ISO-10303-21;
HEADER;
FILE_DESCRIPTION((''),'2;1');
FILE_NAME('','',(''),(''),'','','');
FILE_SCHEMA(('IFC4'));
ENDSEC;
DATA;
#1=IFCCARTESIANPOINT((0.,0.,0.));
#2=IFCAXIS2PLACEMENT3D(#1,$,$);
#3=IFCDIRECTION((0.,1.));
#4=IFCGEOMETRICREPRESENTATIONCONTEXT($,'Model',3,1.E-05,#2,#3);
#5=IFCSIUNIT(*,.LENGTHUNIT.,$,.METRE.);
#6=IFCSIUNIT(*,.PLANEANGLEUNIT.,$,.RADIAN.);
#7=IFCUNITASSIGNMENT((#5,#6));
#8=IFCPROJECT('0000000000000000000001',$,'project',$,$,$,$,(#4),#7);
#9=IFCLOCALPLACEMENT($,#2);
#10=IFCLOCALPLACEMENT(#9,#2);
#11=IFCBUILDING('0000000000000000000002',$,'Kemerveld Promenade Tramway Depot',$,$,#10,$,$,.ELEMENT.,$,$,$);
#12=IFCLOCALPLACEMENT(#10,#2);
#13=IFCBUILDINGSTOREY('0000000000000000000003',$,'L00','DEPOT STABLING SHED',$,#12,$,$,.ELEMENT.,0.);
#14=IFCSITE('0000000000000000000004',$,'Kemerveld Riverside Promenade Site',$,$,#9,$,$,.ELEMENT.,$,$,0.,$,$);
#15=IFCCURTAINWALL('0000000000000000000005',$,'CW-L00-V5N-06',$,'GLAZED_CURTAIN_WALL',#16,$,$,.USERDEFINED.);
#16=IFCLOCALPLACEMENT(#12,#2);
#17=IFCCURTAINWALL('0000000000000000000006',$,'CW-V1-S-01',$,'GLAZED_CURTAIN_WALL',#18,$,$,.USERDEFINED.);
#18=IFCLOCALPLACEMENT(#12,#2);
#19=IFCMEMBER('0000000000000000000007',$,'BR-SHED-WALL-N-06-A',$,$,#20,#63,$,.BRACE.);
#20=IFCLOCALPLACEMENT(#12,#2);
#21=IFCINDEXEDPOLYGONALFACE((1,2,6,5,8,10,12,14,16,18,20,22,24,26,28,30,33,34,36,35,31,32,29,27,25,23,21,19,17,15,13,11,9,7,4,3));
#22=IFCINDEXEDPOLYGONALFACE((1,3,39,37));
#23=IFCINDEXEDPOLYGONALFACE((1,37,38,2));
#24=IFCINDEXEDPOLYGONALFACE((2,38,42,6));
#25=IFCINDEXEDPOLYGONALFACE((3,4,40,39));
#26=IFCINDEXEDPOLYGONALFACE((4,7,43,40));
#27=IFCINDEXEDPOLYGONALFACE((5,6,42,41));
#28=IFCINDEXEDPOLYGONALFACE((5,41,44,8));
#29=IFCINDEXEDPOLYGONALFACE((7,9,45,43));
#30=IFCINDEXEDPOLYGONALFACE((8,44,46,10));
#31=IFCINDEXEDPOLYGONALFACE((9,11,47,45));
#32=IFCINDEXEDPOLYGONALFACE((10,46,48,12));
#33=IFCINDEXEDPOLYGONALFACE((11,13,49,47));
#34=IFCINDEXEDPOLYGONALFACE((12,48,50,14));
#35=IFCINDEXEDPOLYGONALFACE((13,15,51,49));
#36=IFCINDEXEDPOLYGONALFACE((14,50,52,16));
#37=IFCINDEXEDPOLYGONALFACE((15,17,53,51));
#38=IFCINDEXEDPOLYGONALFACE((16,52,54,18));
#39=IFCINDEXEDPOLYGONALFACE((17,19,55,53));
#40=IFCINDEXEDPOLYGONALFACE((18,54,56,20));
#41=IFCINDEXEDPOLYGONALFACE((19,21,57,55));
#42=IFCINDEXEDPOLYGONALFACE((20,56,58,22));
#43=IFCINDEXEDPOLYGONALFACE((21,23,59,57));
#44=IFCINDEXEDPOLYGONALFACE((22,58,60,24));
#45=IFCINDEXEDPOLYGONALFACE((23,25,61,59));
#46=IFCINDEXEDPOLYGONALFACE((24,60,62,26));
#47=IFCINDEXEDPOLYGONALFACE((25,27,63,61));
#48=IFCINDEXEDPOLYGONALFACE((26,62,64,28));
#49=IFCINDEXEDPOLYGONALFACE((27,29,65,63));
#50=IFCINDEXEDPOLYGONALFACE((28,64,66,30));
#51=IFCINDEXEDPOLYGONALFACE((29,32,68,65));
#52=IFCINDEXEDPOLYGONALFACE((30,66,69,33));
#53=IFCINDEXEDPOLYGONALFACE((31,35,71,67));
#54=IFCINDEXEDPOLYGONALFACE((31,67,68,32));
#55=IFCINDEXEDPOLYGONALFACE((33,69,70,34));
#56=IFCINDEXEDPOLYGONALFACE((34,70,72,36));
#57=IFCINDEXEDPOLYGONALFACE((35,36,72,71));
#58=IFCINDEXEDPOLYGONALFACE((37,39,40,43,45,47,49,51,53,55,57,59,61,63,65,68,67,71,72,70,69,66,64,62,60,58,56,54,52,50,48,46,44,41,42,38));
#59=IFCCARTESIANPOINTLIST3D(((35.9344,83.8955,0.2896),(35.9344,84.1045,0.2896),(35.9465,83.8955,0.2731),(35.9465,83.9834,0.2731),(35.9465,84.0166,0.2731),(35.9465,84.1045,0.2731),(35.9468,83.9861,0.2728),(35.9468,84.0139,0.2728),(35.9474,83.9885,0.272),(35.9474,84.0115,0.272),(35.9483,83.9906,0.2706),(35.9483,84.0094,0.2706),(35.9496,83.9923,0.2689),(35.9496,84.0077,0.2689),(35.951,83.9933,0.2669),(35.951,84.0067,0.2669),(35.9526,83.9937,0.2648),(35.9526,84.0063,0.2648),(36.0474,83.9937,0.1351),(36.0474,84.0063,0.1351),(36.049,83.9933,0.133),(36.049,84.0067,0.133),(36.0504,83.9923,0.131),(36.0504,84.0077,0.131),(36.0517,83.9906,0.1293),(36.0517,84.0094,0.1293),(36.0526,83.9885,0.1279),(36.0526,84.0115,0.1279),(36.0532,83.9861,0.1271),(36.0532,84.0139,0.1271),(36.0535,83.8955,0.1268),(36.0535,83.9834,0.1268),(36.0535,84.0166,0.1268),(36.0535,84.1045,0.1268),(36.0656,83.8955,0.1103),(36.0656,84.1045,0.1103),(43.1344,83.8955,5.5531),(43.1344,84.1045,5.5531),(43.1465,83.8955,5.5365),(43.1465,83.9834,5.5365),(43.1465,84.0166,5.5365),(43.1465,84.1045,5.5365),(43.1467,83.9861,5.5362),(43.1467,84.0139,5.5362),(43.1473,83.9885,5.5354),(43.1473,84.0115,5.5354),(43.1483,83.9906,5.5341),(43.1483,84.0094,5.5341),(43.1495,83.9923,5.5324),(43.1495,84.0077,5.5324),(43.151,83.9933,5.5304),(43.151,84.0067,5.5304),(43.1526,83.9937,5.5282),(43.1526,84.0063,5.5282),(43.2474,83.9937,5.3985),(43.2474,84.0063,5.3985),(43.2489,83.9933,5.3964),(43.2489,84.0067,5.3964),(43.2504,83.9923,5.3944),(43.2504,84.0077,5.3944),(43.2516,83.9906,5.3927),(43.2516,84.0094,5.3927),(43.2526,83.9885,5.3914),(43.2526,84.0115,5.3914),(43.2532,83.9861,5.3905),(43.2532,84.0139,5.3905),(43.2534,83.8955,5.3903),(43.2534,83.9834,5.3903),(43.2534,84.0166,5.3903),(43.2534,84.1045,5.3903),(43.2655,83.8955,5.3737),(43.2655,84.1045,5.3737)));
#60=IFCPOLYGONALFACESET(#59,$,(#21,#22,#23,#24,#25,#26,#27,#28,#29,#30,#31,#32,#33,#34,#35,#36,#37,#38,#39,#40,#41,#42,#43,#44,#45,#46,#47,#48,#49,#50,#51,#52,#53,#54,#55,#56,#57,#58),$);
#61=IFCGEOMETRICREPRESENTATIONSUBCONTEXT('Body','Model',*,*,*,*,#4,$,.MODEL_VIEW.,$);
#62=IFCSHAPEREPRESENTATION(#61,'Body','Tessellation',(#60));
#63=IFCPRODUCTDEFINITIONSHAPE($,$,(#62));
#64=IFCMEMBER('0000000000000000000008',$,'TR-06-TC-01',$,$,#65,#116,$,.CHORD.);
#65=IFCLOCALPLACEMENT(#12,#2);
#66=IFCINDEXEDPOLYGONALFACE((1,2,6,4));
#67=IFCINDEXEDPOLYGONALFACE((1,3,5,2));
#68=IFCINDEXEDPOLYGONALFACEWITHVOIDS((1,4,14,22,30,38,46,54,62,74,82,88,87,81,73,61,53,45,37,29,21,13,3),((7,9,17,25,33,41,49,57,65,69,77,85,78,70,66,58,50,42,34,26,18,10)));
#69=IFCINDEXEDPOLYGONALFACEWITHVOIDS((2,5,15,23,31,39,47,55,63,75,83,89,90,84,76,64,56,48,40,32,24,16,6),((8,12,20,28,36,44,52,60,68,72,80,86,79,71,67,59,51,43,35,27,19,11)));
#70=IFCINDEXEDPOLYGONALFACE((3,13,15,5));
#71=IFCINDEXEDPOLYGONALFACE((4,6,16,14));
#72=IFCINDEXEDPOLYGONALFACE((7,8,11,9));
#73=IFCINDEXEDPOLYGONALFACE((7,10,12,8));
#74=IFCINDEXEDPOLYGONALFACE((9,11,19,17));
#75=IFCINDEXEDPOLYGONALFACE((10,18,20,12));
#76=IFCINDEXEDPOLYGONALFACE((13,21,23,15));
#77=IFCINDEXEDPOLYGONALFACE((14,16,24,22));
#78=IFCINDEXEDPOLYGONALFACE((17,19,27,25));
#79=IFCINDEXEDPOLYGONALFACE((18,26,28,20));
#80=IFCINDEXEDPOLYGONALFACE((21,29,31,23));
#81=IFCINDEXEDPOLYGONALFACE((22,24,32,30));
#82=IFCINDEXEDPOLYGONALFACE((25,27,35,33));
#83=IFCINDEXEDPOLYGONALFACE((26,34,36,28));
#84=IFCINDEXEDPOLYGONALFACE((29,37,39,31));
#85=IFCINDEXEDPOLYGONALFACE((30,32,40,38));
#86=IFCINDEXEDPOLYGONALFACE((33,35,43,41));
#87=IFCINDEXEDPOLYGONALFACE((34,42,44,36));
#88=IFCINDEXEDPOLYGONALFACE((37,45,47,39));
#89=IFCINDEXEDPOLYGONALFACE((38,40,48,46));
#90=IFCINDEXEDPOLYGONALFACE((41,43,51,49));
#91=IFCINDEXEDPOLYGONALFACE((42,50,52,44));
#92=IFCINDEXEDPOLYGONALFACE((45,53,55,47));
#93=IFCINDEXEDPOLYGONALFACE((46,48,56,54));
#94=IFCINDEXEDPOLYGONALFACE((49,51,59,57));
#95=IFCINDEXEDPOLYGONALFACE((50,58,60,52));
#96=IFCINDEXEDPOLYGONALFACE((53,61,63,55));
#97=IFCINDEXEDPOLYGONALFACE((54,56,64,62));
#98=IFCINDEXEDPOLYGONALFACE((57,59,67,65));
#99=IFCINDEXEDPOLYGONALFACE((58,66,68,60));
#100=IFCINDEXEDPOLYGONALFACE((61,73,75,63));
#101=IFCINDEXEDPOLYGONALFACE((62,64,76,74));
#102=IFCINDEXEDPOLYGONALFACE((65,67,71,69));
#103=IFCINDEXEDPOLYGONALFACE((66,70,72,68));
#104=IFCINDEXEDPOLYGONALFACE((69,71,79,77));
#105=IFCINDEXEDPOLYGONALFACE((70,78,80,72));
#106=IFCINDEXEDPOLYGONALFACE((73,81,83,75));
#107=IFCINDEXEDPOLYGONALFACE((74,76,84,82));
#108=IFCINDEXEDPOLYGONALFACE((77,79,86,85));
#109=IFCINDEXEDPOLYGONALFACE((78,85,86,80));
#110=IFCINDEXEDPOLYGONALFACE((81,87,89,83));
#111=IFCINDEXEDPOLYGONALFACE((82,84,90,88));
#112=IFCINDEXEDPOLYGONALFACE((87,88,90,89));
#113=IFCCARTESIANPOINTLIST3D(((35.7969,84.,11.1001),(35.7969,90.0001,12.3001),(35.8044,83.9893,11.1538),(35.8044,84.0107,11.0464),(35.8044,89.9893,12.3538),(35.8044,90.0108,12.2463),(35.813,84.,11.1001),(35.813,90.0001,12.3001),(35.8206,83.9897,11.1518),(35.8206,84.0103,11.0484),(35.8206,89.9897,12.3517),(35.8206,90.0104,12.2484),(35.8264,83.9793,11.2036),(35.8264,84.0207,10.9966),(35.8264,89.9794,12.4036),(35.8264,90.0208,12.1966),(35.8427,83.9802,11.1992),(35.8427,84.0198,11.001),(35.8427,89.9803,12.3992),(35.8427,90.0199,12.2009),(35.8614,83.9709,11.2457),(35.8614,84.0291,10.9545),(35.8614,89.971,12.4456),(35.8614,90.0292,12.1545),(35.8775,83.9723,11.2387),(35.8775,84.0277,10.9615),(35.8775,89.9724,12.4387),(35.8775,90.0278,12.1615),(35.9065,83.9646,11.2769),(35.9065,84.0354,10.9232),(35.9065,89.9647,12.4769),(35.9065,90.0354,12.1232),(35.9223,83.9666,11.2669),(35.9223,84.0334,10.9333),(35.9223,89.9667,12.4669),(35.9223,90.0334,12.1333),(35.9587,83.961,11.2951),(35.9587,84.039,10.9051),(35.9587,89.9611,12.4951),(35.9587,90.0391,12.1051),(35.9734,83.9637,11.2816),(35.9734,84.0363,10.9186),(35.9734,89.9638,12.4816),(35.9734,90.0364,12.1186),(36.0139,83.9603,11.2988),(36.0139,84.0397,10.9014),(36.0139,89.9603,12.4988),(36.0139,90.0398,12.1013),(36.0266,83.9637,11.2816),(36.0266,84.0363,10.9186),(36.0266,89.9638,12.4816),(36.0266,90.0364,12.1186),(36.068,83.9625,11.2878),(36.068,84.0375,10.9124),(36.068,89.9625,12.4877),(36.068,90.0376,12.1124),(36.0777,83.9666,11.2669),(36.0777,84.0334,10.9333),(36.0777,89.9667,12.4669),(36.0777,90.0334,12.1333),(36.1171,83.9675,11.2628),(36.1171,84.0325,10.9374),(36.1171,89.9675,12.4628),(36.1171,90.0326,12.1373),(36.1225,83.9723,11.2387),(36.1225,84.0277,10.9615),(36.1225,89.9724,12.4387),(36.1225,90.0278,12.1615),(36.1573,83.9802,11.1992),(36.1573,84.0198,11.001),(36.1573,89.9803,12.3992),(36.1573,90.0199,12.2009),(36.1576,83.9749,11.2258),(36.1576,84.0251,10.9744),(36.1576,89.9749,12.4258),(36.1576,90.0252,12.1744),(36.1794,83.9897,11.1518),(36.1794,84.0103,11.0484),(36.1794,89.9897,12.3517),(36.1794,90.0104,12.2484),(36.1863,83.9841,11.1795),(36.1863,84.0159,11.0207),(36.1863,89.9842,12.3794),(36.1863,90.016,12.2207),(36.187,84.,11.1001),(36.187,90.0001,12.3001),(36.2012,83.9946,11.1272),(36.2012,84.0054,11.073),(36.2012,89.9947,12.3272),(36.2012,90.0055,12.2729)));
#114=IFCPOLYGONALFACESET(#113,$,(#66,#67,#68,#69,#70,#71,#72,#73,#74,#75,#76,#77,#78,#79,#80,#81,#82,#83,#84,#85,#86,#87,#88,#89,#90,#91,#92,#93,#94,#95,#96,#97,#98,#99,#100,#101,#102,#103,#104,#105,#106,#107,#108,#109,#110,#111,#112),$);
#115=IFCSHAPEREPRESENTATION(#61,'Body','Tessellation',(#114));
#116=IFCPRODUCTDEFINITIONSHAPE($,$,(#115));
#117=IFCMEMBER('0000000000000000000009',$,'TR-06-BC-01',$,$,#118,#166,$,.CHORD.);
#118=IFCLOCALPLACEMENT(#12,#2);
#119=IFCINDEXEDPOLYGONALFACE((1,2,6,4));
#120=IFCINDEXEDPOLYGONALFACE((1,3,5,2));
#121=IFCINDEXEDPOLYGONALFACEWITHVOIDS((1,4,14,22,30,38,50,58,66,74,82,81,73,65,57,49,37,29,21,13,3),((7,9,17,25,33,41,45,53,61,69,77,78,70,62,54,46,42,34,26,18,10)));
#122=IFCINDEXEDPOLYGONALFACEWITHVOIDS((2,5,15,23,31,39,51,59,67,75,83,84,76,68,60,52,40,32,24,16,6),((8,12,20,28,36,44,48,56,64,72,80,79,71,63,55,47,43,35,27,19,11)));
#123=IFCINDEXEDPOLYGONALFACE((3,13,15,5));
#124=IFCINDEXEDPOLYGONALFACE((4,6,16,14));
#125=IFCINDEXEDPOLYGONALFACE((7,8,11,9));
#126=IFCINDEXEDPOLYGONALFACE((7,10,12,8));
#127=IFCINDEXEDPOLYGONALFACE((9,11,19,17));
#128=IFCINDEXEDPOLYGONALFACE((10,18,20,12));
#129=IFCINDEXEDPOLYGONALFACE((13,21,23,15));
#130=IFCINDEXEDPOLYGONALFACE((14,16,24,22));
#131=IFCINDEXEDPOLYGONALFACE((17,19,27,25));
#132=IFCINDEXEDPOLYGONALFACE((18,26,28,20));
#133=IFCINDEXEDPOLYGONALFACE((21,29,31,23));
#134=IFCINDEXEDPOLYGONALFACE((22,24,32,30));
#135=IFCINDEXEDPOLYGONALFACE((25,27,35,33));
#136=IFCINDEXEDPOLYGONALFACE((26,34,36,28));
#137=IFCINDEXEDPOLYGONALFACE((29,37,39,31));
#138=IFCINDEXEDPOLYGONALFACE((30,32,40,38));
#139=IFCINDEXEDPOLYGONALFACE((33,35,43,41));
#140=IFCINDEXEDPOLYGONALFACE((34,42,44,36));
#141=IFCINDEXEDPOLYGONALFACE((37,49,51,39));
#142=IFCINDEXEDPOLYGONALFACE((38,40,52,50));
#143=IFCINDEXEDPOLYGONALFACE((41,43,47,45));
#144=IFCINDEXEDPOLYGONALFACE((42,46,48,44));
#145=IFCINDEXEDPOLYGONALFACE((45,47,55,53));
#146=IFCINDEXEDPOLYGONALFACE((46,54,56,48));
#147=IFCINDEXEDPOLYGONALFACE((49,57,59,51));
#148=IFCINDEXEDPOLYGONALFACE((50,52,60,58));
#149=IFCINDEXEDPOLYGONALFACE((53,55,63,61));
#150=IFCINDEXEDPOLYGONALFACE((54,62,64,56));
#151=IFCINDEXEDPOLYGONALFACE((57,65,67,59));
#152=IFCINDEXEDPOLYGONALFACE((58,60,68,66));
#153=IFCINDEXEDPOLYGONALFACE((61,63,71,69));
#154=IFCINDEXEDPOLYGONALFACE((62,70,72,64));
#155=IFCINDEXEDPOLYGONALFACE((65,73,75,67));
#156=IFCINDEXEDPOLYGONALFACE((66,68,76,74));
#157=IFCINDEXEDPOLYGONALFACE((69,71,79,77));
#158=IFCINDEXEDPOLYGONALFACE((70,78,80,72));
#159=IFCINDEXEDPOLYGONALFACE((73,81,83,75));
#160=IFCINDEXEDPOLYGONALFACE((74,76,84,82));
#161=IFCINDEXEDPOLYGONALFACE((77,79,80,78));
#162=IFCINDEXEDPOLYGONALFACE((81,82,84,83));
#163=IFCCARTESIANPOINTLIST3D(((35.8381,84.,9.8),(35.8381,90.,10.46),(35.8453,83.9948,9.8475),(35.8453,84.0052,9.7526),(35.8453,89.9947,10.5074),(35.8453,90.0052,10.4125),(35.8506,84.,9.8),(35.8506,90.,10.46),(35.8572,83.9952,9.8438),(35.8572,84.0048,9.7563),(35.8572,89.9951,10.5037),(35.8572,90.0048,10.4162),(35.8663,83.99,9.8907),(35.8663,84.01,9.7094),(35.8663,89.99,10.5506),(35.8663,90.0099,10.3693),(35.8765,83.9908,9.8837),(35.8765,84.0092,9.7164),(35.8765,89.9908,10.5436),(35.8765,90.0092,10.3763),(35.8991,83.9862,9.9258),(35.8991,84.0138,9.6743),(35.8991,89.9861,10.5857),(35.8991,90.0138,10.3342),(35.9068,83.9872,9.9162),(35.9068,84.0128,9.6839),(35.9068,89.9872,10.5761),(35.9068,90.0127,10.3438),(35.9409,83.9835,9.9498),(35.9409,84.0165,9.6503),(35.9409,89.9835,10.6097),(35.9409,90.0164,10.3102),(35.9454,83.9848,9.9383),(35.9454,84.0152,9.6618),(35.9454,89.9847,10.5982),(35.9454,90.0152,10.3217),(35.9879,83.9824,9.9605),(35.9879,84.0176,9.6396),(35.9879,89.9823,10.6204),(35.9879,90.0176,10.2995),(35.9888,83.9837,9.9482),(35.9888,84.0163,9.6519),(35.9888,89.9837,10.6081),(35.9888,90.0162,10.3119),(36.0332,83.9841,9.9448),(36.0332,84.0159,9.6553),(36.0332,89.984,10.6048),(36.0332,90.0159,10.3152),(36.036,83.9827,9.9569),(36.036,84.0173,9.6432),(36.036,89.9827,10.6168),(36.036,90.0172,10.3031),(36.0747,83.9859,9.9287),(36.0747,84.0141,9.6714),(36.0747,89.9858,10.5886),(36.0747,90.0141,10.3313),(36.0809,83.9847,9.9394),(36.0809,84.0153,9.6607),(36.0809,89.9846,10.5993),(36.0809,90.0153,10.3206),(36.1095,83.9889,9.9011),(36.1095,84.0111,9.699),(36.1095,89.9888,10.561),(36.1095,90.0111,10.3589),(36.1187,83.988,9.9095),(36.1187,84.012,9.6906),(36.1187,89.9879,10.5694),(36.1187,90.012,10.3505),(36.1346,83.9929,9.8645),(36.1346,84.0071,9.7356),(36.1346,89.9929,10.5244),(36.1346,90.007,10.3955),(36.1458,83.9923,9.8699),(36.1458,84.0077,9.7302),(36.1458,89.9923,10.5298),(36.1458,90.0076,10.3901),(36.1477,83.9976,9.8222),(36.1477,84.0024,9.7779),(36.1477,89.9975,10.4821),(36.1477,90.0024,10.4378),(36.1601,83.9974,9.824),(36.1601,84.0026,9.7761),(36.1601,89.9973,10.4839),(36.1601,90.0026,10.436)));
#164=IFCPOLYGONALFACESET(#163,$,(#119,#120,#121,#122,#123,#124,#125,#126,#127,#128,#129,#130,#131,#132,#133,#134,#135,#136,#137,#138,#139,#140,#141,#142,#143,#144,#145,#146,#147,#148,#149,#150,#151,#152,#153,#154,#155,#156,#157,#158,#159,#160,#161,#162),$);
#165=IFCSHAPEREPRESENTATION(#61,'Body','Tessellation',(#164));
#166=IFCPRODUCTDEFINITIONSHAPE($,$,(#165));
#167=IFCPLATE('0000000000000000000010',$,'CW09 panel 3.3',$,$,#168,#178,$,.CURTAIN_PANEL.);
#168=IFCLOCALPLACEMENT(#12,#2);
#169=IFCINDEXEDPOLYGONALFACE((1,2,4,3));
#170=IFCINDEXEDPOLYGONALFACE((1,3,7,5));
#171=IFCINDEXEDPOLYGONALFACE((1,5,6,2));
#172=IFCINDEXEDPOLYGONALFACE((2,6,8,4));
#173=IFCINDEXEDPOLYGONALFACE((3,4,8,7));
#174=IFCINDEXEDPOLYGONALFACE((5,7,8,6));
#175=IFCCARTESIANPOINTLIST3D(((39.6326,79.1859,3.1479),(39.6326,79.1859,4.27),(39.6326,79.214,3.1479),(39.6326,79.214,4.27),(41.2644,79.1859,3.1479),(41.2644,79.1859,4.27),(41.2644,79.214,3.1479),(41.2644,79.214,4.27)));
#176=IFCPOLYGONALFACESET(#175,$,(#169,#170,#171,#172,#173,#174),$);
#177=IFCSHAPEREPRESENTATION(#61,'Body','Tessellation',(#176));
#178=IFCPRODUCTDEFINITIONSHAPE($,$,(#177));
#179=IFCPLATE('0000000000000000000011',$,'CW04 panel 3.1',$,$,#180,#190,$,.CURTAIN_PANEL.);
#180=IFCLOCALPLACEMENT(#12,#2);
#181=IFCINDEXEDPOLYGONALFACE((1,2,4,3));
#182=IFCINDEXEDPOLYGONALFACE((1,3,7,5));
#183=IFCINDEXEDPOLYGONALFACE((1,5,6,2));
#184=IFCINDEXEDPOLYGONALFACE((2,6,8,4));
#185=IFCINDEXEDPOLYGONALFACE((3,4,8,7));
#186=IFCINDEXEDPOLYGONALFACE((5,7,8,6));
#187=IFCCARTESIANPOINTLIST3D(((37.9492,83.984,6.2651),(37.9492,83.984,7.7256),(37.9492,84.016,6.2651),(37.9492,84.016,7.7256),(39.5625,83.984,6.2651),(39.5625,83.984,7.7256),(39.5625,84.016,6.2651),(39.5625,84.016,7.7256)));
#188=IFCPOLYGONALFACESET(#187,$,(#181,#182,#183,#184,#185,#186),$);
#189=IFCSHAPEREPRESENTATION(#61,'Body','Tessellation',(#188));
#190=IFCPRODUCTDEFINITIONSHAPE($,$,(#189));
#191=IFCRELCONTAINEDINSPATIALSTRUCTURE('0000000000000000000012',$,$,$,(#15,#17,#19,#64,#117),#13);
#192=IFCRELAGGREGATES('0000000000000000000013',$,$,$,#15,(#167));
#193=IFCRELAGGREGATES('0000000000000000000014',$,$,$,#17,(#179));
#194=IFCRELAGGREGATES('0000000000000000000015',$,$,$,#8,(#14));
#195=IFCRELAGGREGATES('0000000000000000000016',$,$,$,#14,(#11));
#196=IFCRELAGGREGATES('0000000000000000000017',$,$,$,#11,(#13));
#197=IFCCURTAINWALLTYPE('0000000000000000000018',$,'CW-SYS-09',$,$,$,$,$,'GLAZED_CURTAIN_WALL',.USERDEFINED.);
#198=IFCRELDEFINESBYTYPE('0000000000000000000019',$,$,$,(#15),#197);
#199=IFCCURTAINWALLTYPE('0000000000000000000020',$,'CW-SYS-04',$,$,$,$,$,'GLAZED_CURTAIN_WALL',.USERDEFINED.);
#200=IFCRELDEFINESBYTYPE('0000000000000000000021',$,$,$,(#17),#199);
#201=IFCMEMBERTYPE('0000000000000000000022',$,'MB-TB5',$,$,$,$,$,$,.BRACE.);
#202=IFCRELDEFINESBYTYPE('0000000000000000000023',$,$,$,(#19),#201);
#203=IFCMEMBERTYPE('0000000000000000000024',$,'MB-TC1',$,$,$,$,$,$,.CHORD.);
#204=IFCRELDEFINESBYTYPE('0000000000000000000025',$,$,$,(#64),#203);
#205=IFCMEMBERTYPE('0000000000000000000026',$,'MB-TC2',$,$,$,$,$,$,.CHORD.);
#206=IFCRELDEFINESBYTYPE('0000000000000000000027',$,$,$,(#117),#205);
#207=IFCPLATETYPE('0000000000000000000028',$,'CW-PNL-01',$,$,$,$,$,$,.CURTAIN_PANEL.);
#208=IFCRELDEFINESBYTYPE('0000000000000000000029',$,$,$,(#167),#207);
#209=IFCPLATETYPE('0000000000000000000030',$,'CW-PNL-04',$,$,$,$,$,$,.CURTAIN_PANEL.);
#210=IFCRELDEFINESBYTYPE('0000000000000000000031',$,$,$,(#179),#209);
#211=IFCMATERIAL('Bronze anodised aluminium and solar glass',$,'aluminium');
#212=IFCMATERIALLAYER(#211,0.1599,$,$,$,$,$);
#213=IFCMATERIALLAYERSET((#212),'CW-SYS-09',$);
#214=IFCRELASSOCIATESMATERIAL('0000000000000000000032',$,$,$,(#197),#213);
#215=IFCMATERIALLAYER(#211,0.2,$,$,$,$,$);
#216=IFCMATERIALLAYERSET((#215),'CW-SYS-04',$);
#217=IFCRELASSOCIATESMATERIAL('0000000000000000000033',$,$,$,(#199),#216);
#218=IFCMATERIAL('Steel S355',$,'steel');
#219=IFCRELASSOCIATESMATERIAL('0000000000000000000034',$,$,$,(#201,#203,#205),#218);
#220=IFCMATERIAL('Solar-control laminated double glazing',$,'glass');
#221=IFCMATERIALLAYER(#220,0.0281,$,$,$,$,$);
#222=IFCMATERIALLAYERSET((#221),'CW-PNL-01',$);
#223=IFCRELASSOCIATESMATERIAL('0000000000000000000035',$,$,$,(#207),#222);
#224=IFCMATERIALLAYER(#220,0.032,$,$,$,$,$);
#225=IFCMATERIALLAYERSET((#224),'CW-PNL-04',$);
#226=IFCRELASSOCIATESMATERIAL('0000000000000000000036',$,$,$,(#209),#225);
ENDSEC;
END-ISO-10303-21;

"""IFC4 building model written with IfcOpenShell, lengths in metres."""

from ifc_helpers import new_model, si_unit, direction, frame, origin, origin_2d, place, context, subcontext, project, spatial, rectangle, hollow_circle, i_section, extrude, material, layer, layer_set, material_profile, profile_set, type_object, element, aggregate, save


model = new_model("IFC4")

# Units and contexts
model_context = context("Model", 3, precision=1e-05, world=origin(), true_north=direction((0.0, 1.0)))
body_context = subcontext(model_context, "Body", "Model", "MODEL_VIEW")
ifc_project = project(units=[si_unit("LENGTHUNIT", "METRE"), si_unit("PLANEANGLEUNIT", "RADIAN")], contexts=[model_context])

# Site, building, storey
site_placement = place(None, origin())
site = spatial("IfcSite", under=ifc_project, at=site_placement, Name="Kemerveld Riverside Promenade Site", CompositionType="ELEMENT", RefElevation=0.0)
building_placement = place(site_placement, origin())
building = spatial("IfcBuilding", under=site, at=building_placement, Name="Kemerveld Promenade Tramway Depot", CompositionType="ELEMENT")
storey_placement = place(building_placement, origin())
storey = spatial("IfcBuildingStorey", under=building, at=storey_placement, Name="L00", Description="DEPOT STABLING SHED", CompositionType="ELEMENT", Elevation=0.0)

# Shared definitions
ifc_material_1 = material(Name="Steel S355", Category="steel")

# Curtain wall
ifc_material_2 = material(Name="Bronze anodised aluminium and solar glass", Category="aluminium")
ifc_layer_1 = layer(ifc_material_2, 0.1599)
ifc_layer_set_1 = layer_set([ifc_layer_1], Name="CW-SYS-09")
curtain_wall_type_1 = type_object("IfcCurtainWallType", Name="CW-SYS-09", ElementType="GLAZED_CURTAIN_WALL", PredefinedType="USERDEFINED", material=ifc_layer_set_1)
curtain_wall_1_placement = place(storey_placement, origin())
curtain_wall_1 = element("IfcCurtainWall", 1, at=curtain_wall_1_placement, inside=storey, type_object=curtain_wall_type_1, Name="CW-L00-V5N-06", ObjectType="GLAZED_CURTAIN_WALL", PredefinedType="USERDEFINED")

# Curtain wall
ifc_layer_2 = layer(ifc_material_2, 0.2)
ifc_layer_set_2 = layer_set([ifc_layer_2], Name="CW-SYS-04")
curtain_wall_type_2 = type_object("IfcCurtainWallType", Name="CW-SYS-04", ElementType="GLAZED_CURTAIN_WALL", PredefinedType="USERDEFINED", material=ifc_layer_set_2)
curtain_wall_2_placement = place(storey_placement, origin())
curtain_wall_2 = element("IfcCurtainWall", 2, at=curtain_wall_2_placement, inside=storey, type_object=curtain_wall_type_2, Name="CW-V1-S-01", ObjectType="GLAZED_CURTAIN_WALL", PredefinedType="USERDEFINED")

# Members
ifc_material_profile_1 = material_profile(ifc_material_1, i_section(OverallWidth=0.209, OverallDepth=0.2222, WebThickness=0.0127, FlangeThickness=0.0205, FilletRadius=0.0103, at=origin_2d()), Name="203x203x86 UC")
ifc_profile_set_1 = profile_set([ifc_material_profile_1], Name="Steel S355")
member_type_1 = type_object("IfcMemberType", Name="MB-TB5", PredefinedType="BRACE", material=ifc_profile_set_1)
member_1_placement = place(storey_placement, frame((36.0, 84.0, 0.2), z_axis=(0.807288, 0.0, 0.590157), x_axis=(0.0, 1.0, 0.0)))
element("IfcMember", 3, at=member_1_placement, inside=storey, type_object=member_type_1, Name="BR-SHED-WALL-N-06-A", PredefinedType="BRACE", context=body_context, shape_type="SweptSolid", body=[
    extrude(i_section(OverallWidth=0.209, OverallDepth=0.2222, WebThickness=0.0127, FlangeThickness=0.0205, FilletRadius=0.0103, at=origin_2d()), origin(), (0.0, 0.0, 1.0), 8.9187),
])
ifc_material_profile_2 = material_profile(ifc_material_1, hollow_circle(Radius=0.2031, WallThickness=0.0161, at=origin_2d()), Name="406.4x16.0 CHS")
ifc_profile_set_2 = profile_set([ifc_material_profile_2], Name="Steel S355")
member_type_2 = type_object("IfcMemberType", Name="MB-TC1", PredefinedType="CHORD", material=ifc_profile_set_2)
member_2_placement = place(storey_placement, frame((36.0, 84.0, 11.1001), z_axis=(0.0, 0.980582, 0.196108), x_axis=(-1.0, 0.0, 0.0)))
element("IfcMember", 4, at=member_2_placement, inside=storey, type_object=member_type_2, Name="TR-06-TC-01", PredefinedType="CHORD", context=body_context, shape_type="SweptSolid", body=[
    extrude(hollow_circle(Radius=0.2031, WallThickness=0.0161, at=origin_2d()), origin(), (0.0, 0.0, 1.0), 6.1189),
])
ifc_material_profile_3 = material_profile(ifc_material_1, hollow_circle(Radius=0.1619, WallThickness=0.0125, at=origin_2d()), Name="323.9x12.5 CHS")
ifc_profile_set_3 = profile_set([ifc_material_profile_3], Name="Steel S355")
member_type_3 = type_object("IfcMemberType", Name="MB-TC2", PredefinedType="CHORD", material=ifc_profile_set_3)
member_3_placement = place(storey_placement, frame((36.0, 84.0, 9.8), z_axis=(0.0, 0.994006, 0.109326), x_axis=(-1.0, 0.0, 0.0)))
element("IfcMember", 5, at=member_3_placement, inside=storey, type_object=member_type_3, Name="TR-06-BC-01", PredefinedType="CHORD", context=body_context, shape_type="SweptSolid", body=[
    extrude(hollow_circle(Radius=0.1619, WallThickness=0.0125, at=origin_2d()), origin(), (0.0, 0.0, 1.0), 6.0361),
])

# Plates
ifc_material_3 = material(Name="Solar-control laminated double glazing", Category="glass")
ifc_layer_3 = layer(ifc_material_3, 0.0281)
ifc_layer_set_3 = layer_set([ifc_layer_3], Name="CW-PNL-01")
plate_type_1 = type_object("IfcPlateType", Name="CW-PNL-01", PredefinedType="CURTAIN_PANEL", material=ifc_layer_set_3)
plate_1_placement = place(storey_placement, frame((40.4485, 79.2, 3.1479), z_axis=(0.0, 0.0, 1.0), x_axis=(1.0, 0.0, 0.0)))
plate_1 = element("IfcPlate", 6, at=plate_1_placement, type_object=plate_type_1, Name="CW09 panel 3.3", PredefinedType="CURTAIN_PANEL", context=body_context, shape_type="SweptSolid", body=[
    extrude(rectangle(XDim=1.6318, YDim=0.0281, at=origin_2d()), origin(), (0.0, 0.0, 1.0), 1.1221),
])
aggregate(curtain_wall_1, [plate_1])
ifc_layer_4 = layer(ifc_material_3, 0.032)
ifc_layer_set_4 = layer_set([ifc_layer_4], Name="CW-PNL-04")
plate_type_2 = type_object("IfcPlateType", Name="CW-PNL-04", PredefinedType="CURTAIN_PANEL", material=ifc_layer_set_4)
plate_2_placement = place(storey_placement, frame((38.7559, 84.0, 6.2651), z_axis=(0.0, 0.0, 1.0), x_axis=(-1.0, 0.0, 0.0)))
plate_2 = element("IfcPlate", 7, at=plate_2_placement, type_object=plate_type_2, Name="CW04 panel 3.1", PredefinedType="CURTAIN_PANEL", context=body_context, shape_type="SweptSolid", body=[
    extrude(rectangle(XDim=1.6133, YDim=0.032, at=origin_2d()), origin(), (0.0, 0.0, 1.0), 1.4604),
])
aggregate(curtain_wall_2, [plate_2])

save(model, "model.ifc")
